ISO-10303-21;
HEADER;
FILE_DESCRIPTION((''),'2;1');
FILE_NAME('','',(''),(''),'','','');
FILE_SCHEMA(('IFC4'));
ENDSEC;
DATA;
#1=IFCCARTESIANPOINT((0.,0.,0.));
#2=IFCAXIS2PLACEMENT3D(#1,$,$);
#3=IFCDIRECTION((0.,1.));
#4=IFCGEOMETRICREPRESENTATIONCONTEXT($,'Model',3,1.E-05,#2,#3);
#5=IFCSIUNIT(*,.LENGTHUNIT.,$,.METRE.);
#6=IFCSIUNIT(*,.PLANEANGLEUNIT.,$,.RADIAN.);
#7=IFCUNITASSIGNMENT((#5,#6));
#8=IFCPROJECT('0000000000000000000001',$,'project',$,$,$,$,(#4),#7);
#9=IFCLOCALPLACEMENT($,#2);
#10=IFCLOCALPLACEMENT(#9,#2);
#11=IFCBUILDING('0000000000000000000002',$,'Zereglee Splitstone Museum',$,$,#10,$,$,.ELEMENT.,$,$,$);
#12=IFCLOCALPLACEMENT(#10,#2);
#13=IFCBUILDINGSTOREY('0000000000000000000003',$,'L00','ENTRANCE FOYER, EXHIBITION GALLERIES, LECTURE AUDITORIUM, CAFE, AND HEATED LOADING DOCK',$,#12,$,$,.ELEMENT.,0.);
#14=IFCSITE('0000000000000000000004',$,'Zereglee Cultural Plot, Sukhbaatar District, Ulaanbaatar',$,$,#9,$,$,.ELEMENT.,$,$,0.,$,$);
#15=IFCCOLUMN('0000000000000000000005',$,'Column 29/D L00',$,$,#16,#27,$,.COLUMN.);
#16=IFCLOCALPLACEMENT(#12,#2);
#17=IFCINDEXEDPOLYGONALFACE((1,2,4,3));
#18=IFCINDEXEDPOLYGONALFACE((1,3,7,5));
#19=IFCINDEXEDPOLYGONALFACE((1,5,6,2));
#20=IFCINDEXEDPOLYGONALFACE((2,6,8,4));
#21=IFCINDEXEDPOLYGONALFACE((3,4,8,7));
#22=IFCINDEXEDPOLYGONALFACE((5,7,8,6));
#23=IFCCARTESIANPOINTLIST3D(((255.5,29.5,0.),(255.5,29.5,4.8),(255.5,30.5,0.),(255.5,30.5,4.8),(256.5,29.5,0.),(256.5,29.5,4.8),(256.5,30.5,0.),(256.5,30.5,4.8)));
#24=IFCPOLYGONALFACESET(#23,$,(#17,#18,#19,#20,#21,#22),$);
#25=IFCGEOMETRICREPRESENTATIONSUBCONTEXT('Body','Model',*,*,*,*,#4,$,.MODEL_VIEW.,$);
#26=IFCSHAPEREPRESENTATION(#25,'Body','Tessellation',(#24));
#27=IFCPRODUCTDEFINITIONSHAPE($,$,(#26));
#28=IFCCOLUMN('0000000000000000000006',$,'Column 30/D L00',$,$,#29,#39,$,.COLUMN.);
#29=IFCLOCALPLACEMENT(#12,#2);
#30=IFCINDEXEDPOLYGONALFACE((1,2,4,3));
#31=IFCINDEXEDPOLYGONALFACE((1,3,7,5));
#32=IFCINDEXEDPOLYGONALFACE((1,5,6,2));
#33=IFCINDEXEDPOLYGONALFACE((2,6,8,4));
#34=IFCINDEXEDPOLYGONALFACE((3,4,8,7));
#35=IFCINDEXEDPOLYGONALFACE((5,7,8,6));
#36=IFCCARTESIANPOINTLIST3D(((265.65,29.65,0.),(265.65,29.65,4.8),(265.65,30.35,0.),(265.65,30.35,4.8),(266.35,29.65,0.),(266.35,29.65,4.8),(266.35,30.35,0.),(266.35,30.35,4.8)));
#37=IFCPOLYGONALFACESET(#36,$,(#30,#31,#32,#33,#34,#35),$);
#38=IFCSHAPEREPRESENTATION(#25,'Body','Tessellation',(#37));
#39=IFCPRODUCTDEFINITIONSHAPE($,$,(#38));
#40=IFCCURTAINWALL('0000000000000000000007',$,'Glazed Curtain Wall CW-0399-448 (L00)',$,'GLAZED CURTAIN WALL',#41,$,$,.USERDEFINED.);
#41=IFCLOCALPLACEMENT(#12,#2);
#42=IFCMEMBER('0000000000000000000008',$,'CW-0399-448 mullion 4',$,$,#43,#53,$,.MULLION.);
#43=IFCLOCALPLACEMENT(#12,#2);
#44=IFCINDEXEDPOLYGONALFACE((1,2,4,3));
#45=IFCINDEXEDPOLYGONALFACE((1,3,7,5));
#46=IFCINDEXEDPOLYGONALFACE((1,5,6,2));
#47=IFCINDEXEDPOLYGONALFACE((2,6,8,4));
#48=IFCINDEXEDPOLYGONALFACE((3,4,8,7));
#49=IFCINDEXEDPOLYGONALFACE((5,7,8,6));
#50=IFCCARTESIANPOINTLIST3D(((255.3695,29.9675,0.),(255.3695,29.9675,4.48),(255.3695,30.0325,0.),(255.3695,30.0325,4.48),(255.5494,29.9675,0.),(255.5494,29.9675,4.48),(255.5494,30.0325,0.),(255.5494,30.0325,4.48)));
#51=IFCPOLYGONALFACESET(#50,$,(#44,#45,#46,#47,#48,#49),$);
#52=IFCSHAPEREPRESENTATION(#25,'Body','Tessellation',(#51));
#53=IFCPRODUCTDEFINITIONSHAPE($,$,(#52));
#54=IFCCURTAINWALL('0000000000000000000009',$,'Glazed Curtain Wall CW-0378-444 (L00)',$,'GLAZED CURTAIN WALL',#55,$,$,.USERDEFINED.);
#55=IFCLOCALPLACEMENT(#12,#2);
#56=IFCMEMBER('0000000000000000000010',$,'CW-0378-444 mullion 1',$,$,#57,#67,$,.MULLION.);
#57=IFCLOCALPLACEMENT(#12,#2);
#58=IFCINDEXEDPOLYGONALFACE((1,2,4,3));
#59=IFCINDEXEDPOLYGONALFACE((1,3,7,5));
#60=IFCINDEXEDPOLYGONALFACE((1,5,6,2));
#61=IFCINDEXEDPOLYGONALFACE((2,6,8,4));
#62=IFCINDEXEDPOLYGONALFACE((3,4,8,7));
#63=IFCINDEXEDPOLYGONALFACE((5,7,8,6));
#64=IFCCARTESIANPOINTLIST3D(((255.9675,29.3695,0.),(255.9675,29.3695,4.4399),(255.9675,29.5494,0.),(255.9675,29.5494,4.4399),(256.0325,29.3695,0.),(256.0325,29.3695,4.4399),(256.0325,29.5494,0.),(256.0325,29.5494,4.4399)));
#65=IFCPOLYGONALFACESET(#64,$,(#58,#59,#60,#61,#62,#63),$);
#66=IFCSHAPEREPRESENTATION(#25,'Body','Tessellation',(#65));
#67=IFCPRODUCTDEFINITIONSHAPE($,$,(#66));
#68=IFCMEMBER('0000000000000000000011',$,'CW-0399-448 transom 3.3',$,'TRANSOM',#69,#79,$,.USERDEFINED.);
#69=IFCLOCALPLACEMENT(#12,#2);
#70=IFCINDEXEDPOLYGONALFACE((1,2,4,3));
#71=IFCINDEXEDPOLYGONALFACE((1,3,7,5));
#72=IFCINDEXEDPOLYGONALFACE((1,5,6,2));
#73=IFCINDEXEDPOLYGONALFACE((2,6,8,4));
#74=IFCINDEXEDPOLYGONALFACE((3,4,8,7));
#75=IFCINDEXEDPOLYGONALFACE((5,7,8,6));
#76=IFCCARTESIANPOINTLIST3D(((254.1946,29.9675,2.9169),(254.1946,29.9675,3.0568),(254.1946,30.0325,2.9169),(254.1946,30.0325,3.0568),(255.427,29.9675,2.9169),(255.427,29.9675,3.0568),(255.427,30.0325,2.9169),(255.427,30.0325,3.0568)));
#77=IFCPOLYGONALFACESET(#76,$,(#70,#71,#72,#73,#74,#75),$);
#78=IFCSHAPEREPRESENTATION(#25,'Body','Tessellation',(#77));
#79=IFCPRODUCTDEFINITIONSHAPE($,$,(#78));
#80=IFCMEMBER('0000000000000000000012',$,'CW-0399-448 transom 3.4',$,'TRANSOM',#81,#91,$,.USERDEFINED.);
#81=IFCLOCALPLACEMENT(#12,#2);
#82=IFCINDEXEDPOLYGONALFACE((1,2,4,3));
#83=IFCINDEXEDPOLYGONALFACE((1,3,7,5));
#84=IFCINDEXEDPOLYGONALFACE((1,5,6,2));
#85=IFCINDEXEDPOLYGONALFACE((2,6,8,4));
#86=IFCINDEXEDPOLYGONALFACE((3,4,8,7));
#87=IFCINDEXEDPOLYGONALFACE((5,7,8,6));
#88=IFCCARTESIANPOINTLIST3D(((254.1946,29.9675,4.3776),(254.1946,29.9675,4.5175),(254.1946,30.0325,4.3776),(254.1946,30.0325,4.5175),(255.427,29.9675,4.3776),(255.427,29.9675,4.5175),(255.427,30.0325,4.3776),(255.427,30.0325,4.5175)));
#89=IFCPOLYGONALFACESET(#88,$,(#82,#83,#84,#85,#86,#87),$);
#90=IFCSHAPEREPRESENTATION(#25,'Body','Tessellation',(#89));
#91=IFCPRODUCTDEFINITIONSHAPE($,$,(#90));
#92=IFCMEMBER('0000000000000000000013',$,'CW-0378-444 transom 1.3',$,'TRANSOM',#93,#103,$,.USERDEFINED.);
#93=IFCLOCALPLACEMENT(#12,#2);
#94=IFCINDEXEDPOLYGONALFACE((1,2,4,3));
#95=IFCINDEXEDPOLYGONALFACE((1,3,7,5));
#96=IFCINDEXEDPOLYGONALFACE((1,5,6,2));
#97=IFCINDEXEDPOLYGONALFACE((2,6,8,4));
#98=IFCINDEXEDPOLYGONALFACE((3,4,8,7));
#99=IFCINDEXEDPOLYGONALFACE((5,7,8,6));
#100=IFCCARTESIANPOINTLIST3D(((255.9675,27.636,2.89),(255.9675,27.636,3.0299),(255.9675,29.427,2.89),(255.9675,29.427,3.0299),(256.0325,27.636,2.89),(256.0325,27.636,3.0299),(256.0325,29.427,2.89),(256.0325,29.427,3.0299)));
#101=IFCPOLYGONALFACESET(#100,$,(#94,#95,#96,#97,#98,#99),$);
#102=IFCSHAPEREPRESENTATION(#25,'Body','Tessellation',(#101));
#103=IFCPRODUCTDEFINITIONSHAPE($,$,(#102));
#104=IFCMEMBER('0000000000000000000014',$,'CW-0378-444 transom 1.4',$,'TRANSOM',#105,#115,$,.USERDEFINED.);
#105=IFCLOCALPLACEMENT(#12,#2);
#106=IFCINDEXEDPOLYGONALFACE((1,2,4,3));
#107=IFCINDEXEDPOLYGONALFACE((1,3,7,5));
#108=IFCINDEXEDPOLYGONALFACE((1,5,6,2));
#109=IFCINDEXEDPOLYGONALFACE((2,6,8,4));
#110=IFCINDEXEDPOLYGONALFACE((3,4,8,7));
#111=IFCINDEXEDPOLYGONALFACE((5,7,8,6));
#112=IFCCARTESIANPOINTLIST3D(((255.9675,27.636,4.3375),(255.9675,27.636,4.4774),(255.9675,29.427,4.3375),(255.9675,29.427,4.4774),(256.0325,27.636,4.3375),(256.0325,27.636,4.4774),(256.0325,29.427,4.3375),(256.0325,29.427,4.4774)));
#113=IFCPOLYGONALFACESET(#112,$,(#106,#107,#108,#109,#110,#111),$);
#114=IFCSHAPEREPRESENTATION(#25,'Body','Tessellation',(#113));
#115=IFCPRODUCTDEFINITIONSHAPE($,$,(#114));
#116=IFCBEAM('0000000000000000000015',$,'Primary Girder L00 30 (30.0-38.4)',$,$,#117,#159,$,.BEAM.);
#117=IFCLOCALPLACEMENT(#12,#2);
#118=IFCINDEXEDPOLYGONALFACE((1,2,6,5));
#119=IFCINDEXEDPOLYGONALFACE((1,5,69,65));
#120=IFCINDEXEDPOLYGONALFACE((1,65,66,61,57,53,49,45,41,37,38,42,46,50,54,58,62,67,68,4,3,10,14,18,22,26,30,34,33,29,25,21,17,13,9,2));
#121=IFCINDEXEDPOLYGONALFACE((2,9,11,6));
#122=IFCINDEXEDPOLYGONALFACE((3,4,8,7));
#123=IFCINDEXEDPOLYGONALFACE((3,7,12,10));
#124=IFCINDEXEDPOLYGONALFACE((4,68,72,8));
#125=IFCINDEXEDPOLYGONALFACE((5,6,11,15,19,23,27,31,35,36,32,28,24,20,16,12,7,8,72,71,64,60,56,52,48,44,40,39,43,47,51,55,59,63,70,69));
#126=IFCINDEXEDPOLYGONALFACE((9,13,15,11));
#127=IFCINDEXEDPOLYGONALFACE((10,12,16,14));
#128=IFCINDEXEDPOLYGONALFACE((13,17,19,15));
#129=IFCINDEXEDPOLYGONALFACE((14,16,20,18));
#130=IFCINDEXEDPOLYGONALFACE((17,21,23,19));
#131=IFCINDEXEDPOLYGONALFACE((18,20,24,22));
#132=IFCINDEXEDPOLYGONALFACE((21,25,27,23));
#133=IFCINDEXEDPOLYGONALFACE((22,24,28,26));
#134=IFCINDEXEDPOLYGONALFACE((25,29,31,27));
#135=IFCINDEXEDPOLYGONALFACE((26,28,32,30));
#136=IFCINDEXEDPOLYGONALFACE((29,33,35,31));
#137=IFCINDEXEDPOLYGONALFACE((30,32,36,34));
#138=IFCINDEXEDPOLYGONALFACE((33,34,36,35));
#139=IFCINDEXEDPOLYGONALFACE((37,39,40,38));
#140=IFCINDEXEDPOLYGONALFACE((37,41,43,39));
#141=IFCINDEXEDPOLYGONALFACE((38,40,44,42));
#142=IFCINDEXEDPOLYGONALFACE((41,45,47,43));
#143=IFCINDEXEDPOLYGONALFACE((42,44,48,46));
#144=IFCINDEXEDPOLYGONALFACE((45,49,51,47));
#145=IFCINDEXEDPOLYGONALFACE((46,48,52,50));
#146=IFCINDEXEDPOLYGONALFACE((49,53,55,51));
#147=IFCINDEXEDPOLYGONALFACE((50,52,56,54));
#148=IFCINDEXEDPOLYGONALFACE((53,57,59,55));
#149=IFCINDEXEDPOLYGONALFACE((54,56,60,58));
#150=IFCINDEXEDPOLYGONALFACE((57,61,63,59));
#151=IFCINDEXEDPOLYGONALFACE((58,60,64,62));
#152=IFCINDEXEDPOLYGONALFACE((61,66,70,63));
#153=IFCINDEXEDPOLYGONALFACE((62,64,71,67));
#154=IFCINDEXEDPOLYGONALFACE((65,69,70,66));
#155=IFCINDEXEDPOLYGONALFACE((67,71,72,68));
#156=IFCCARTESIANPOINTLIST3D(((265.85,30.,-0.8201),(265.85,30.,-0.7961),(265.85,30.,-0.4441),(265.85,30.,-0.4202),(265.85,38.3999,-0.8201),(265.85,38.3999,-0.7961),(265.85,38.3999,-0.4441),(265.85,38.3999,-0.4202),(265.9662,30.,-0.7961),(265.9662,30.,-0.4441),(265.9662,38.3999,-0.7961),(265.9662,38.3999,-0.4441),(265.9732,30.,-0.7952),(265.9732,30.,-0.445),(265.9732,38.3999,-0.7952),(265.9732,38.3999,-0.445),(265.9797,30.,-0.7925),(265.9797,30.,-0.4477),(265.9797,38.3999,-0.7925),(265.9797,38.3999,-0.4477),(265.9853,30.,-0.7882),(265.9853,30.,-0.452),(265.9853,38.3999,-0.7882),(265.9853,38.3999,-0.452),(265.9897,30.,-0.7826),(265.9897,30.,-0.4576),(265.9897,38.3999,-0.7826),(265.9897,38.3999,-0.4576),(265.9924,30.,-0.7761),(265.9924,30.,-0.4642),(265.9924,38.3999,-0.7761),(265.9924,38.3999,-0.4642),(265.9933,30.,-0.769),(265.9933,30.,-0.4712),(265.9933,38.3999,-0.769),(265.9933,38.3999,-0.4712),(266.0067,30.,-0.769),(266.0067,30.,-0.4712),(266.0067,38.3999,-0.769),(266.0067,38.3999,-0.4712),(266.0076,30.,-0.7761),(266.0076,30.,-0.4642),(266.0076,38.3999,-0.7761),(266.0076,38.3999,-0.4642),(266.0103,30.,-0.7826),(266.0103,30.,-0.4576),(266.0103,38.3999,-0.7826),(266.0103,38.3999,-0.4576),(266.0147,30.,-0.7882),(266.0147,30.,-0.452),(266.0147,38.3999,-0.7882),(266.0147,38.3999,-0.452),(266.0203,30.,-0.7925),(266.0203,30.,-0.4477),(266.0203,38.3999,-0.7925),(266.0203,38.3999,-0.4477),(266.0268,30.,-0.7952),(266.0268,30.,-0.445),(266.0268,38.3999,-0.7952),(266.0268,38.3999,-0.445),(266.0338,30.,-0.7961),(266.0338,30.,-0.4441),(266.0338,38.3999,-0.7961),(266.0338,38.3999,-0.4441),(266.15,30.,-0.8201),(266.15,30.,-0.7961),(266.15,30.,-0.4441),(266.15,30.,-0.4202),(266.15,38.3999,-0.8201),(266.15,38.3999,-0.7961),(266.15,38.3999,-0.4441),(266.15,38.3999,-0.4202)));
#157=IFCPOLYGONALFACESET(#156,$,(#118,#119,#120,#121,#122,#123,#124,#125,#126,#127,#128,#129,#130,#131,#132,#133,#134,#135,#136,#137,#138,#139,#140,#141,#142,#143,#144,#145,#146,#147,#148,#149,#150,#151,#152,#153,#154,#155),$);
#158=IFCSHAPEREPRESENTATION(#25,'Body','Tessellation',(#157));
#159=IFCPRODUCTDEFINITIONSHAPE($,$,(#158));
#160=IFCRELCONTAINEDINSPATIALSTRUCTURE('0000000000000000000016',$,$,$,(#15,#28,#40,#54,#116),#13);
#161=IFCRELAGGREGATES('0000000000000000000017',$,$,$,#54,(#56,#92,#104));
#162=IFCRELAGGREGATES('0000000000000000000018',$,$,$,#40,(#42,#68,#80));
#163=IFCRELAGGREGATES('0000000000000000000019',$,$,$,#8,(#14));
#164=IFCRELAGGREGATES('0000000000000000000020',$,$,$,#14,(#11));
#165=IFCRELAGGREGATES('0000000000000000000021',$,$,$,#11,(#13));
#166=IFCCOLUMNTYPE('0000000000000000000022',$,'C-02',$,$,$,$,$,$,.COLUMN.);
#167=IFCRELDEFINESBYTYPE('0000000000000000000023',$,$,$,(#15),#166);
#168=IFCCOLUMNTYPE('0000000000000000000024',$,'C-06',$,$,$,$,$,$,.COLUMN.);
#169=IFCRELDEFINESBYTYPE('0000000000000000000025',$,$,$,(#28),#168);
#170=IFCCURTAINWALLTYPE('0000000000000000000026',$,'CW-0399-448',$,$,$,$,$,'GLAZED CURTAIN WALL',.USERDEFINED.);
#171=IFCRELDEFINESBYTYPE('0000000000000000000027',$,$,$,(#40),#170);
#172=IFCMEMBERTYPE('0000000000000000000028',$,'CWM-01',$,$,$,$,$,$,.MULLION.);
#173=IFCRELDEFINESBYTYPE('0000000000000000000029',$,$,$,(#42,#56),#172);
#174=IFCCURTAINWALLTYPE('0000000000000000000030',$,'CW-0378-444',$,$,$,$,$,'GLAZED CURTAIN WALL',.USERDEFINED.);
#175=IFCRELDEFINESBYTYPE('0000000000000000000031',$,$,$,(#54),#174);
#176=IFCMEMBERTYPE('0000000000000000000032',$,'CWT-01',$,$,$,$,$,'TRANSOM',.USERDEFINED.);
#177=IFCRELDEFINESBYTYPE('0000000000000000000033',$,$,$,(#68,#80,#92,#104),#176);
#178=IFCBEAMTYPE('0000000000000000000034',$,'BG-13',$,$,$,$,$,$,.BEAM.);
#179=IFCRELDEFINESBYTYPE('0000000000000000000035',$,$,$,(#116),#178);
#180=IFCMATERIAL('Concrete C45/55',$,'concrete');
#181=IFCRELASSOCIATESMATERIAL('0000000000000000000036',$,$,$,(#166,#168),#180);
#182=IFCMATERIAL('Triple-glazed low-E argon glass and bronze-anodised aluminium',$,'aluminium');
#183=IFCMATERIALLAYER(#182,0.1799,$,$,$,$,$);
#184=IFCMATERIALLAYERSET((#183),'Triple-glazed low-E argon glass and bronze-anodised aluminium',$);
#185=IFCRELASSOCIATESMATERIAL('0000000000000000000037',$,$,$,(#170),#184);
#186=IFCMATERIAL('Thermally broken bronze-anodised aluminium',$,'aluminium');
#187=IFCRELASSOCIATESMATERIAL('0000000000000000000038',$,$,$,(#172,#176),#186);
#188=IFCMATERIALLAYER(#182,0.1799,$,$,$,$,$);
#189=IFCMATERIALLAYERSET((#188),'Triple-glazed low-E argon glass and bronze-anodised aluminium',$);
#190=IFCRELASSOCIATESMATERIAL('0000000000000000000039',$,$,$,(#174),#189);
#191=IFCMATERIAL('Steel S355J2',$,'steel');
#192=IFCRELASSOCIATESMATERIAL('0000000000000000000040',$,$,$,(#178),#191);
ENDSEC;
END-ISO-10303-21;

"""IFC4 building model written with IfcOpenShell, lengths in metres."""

from ifc_helpers import new_model, si_unit, direction, frame, origin, origin_2d, place, context, subcontext, project, spatial, rectangle, i_section, extrude, material, layer, layer_set, material_profile, profile_set, type_object, element, aggregate, save


model = new_model("IFC4")

# Units and contexts
model_context = context("Model", 3, precision=1e-05, world=origin(), true_north=direction((0.0, 1.0)))
body_context = subcontext(model_context, "Body", "Model", "MODEL_VIEW")
ifc_project = project(units=[si_unit("LENGTHUNIT", "METRE"), si_unit("PLANEANGLEUNIT", "RADIAN")], contexts=[model_context])

# Site, building, storey
site_placement = place(None, origin())
site = spatial("IfcSite", under=ifc_project, at=site_placement, Name="Zereglee Cultural Plot, Sukhbaatar District, Ulaanbaatar", CompositionType="ELEMENT", RefElevation=0.0)
building_placement = place(site_placement, origin())
building = spatial("IfcBuilding", under=site, at=building_placement, Name="Zereglee Splitstone Museum", CompositionType="ELEMENT")
storey_placement = place(building_placement, origin())
storey = spatial("IfcBuildingStorey", under=building, at=storey_placement, Name="L00", Description="ENTRANCE FOYER, EXHIBITION GALLERIES, LECTURE AUDITORIUM, CAFE, AND HEATED LOADING DOCK", CompositionType="ELEMENT", Elevation=0.0)

# Columns
ifc_material_1 = material(Name="Concrete C45/55", Category="concrete")
ifc_material_profile_1 = material_profile(ifc_material_1, rectangle(XDim=1.0, YDim=1.0, at=origin_2d()), Name="RC 1000x1000")
ifc_profile_set_1 = profile_set([ifc_material_profile_1], Name="Concrete C45/55")
column_type_1 = type_object("IfcColumnType", Name="C-02", PredefinedType="COLUMN", material=ifc_profile_set_1)
column_1_placement = place(storey_placement, frame((256.0, 30.0, 0.0), z_axis=(0.0, 0.0, 1.0), x_axis=(1.0, 0.0, 0.0)))
element("IfcColumn", 1, at=column_1_placement, inside=storey, type_object=column_type_1, Name="Column 29/D L00", PredefinedType="COLUMN", context=body_context, shape_type="SweptSolid", body=[
    extrude(rectangle(XDim=1.0, YDim=1.0, at=origin_2d()), origin(), (0.0, 0.0, 1.0), 4.8),
])
ifc_material_profile_2 = material_profile(ifc_material_1, rectangle(XDim=0.7, YDim=0.7, at=origin_2d()), Name="RC 700x700")
ifc_profile_set_2 = profile_set([ifc_material_profile_2], Name="Concrete C45/55")
column_type_2 = type_object("IfcColumnType", Name="C-06", PredefinedType="COLUMN", material=ifc_profile_set_2)
column_2_placement = place(storey_placement, frame((266.0, 30.0, 0.0), z_axis=(0.0, 0.0, 1.0), x_axis=(1.0, 0.0, 0.0)))
element("IfcColumn", 2, at=column_2_placement, inside=storey, type_object=column_type_2, Name="Column 30/D L00", PredefinedType="COLUMN", context=body_context, shape_type="SweptSolid", body=[
    extrude(rectangle(XDim=0.7, YDim=0.7, at=origin_2d()), origin(), (0.0, 0.0, 1.0), 4.8),
])

# Curtain walls, members
ifc_material_2 = material(Name="Triple-glazed low-E argon glass and bronze-anodised aluminium", Category="aluminium")
ifc_layer_1 = layer(ifc_material_2, 0.1799)
ifc_layer_set_1 = layer_set([ifc_layer_1], Name="Triple-glazed low-E argon glass and bronze-anodised aluminium")
curtain_wall_type_1 = type_object("IfcCurtainWallType", Name="CW-0399-448", ElementType="GLAZED CURTAIN WALL", PredefinedType="USERDEFINED", material=ifc_layer_set_1)
curtain_wall_1_placement = place(storey_placement, origin())
curtain_wall_1 = element("IfcCurtainWall", 3, at=curtain_wall_1_placement, inside=storey, type_object=curtain_wall_type_1, Name="Glazed Curtain Wall CW-0399-448 (L00)", ObjectType="GLAZED CURTAIN WALL", PredefinedType="USERDEFINED")
ifc_material_3 = material(Name="Thermally broken bronze-anodised aluminium", Category="aluminium")
ifc_material_profile_3 = material_profile(ifc_material_3, rectangle(XDim=0.0649, YDim=0.1799, at=origin_2d()), Name="CW MULL 65x180")
ifc_profile_set_3 = profile_set([ifc_material_profile_3], Name="Thermally broken bronze-anodised aluminium")
member_type_1 = type_object("IfcMemberType", Name="CWM-01", PredefinedType="MULLION", material=ifc_profile_set_3)
member_1_placement = place(storey_placement, frame((255.4595, 30.0, 0.0), z_axis=(0.0, 0.0, 1.0), x_axis=(0.0, 1.0, 0.0)))
member_1 = element("IfcMember", 4, at=member_1_placement, type_object=member_type_1, Name="CW-0399-448 mullion 4", PredefinedType="MULLION", context=body_context, shape_type="SweptSolid", body=[
    extrude(rectangle(XDim=0.0649, YDim=0.1799, at=origin_2d()), origin(), (0.0, 0.0, 1.0), 4.48),
])
ifc_layer_2 = layer(ifc_material_2, 0.1799)
ifc_layer_set_2 = layer_set([ifc_layer_2], Name="Triple-glazed low-E argon glass and bronze-anodised aluminium")
curtain_wall_type_2 = type_object("IfcCurtainWallType", Name="CW-0378-444", ElementType="GLAZED CURTAIN WALL", PredefinedType="USERDEFINED", material=ifc_layer_set_2)
curtain_wall_2_placement = place(storey_placement, origin())
curtain_wall_2 = element("IfcCurtainWall", 5, at=curtain_wall_2_placement, inside=storey, type_object=curtain_wall_type_2, Name="Glazed Curtain Wall CW-0378-444 (L00)", ObjectType="GLAZED CURTAIN WALL", PredefinedType="USERDEFINED")
member_2_placement = place(storey_placement, frame((256.0, 29.4595, 0.0), z_axis=(0.0, 0.0, 1.0), x_axis=(1.0, 0.0, 0.0)))
member_2 = element("IfcMember", 6, at=member_2_placement, type_object=member_type_1, Name="CW-0378-444 mullion 1", PredefinedType="MULLION", context=body_context, shape_type="SweptSolid", body=[
    extrude(rectangle(XDim=0.0649, YDim=0.1799, at=origin_2d()), origin(), (0.0, 0.0, 1.0), 4.4399),
])

# Members
ifc_material_profile_4 = material_profile(ifc_material_3, rectangle(XDim=0.0649, YDim=0.1399, at=origin_2d()), Name="CW TRAN 65x140")
ifc_profile_set_4 = profile_set([ifc_material_profile_4], Name="Thermally broken bronze-anodised aluminium")
member_type_2 = type_object("IfcMemberType", Name="CWT-01", ElementType="TRANSOM", PredefinedType="USERDEFINED", material=ifc_profile_set_4)
member_3_placement = place(storey_placement, frame((254.1946, 30.0, 2.9868), z_axis=(1.0, 0.0, 0.0), x_axis=(0.0, 1.0, 0.0)))
member_3 = element("IfcMember", 7, at=member_3_placement, type_object=member_type_2, Name="CW-0399-448 transom 3.3", ObjectType="TRANSOM", PredefinedType="USERDEFINED", context=body_context, shape_type="SweptSolid", body=[
    extrude(rectangle(XDim=0.0649, YDim=0.1399, at=origin_2d()), origin(), (0.0, 0.0, 1.0), 1.2324),
])
member_4_placement = place(storey_placement, frame((254.1946, 30.0, 4.4475), z_axis=(1.0, 0.0, 0.0), x_axis=(0.0, 1.0, 0.0)))
member_4 = element("IfcMember", 8, at=member_4_placement, type_object=member_type_2, Name="CW-0399-448 transom 3.4", ObjectType="TRANSOM", PredefinedType="USERDEFINED", context=body_context, shape_type="SweptSolid", body=[
    extrude(rectangle(XDim=0.0649, YDim=0.1399, at=origin_2d()), origin(), (0.0, 0.0, 1.0), 1.2324),
])
member_5_placement = place(storey_placement, frame((256.0, 29.427, 2.96), z_axis=(0.0, -1.0, 0.0), x_axis=(1.0, 0.0, 0.0)))
member_5 = element("IfcMember", 9, at=member_5_placement, type_object=member_type_2, Name="CW-0378-444 transom 1.3", ObjectType="TRANSOM", PredefinedType="USERDEFINED", context=body_context, shape_type="SweptSolid", body=[
    extrude(rectangle(XDim=0.0649, YDim=0.1399, at=origin_2d()), origin(), (0.0, 0.0, 1.0), 1.791),
])
member_6_placement = place(storey_placement, frame((256.0, 29.427, 4.4075), z_axis=(0.0, -1.0, 0.0), x_axis=(1.0, 0.0, 0.0)))
member_6 = element("IfcMember", 10, at=member_6_placement, type_object=member_type_2, Name="CW-0378-444 transom 1.4", ObjectType="TRANSOM", PredefinedType="USERDEFINED", context=body_context, shape_type="SweptSolid", body=[
    extrude(rectangle(XDim=0.0649, YDim=0.1399, at=origin_2d()), origin(), (0.0, 0.0, 1.0), 1.791),
])
aggregate(curtain_wall_2, [member_2, member_5, member_6])

# Beam
ifc_material_4 = material(Name="Steel S355J2", Category="steel")
ifc_material_profile_5 = material_profile(ifc_material_4, i_section(OverallWidth=0.3, OverallDepth=0.3999, WebThickness=0.0134, FlangeThickness=0.0239, FilletRadius=0.0271, at=origin_2d()), Name="HE 400 B")
ifc_profile_set_5 = profile_set([ifc_material_profile_5], Name="Steel S355J2")
beam_type_1 = type_object("IfcBeamType", Name="BG-13", PredefinedType="BEAM", material=ifc_profile_set_5)
beam_1_placement = place(storey_placement, frame((266.0, 30.0, -0.6201), z_axis=(0.0, 1.0, 0.0), x_axis=(-1.0, 0.0, 0.0)))
element("IfcBeam", 11, at=beam_1_placement, inside=storey, type_object=beam_type_1, Name="Primary Girder L00 30 (30.0-38.4)", PredefinedType="BEAM", context=body_context, shape_type="SweptSolid", body=[
    extrude(i_section(OverallWidth=0.3, OverallDepth=0.3999, WebThickness=0.0134, FlangeThickness=0.0239, FilletRadius=0.0271, at=origin_2d()), origin(), (0.0, 0.0, 1.0), 8.3999),
])

aggregate(curtain_wall_1, [member_1, member_3, member_4])

save(model, "model.ifc")
